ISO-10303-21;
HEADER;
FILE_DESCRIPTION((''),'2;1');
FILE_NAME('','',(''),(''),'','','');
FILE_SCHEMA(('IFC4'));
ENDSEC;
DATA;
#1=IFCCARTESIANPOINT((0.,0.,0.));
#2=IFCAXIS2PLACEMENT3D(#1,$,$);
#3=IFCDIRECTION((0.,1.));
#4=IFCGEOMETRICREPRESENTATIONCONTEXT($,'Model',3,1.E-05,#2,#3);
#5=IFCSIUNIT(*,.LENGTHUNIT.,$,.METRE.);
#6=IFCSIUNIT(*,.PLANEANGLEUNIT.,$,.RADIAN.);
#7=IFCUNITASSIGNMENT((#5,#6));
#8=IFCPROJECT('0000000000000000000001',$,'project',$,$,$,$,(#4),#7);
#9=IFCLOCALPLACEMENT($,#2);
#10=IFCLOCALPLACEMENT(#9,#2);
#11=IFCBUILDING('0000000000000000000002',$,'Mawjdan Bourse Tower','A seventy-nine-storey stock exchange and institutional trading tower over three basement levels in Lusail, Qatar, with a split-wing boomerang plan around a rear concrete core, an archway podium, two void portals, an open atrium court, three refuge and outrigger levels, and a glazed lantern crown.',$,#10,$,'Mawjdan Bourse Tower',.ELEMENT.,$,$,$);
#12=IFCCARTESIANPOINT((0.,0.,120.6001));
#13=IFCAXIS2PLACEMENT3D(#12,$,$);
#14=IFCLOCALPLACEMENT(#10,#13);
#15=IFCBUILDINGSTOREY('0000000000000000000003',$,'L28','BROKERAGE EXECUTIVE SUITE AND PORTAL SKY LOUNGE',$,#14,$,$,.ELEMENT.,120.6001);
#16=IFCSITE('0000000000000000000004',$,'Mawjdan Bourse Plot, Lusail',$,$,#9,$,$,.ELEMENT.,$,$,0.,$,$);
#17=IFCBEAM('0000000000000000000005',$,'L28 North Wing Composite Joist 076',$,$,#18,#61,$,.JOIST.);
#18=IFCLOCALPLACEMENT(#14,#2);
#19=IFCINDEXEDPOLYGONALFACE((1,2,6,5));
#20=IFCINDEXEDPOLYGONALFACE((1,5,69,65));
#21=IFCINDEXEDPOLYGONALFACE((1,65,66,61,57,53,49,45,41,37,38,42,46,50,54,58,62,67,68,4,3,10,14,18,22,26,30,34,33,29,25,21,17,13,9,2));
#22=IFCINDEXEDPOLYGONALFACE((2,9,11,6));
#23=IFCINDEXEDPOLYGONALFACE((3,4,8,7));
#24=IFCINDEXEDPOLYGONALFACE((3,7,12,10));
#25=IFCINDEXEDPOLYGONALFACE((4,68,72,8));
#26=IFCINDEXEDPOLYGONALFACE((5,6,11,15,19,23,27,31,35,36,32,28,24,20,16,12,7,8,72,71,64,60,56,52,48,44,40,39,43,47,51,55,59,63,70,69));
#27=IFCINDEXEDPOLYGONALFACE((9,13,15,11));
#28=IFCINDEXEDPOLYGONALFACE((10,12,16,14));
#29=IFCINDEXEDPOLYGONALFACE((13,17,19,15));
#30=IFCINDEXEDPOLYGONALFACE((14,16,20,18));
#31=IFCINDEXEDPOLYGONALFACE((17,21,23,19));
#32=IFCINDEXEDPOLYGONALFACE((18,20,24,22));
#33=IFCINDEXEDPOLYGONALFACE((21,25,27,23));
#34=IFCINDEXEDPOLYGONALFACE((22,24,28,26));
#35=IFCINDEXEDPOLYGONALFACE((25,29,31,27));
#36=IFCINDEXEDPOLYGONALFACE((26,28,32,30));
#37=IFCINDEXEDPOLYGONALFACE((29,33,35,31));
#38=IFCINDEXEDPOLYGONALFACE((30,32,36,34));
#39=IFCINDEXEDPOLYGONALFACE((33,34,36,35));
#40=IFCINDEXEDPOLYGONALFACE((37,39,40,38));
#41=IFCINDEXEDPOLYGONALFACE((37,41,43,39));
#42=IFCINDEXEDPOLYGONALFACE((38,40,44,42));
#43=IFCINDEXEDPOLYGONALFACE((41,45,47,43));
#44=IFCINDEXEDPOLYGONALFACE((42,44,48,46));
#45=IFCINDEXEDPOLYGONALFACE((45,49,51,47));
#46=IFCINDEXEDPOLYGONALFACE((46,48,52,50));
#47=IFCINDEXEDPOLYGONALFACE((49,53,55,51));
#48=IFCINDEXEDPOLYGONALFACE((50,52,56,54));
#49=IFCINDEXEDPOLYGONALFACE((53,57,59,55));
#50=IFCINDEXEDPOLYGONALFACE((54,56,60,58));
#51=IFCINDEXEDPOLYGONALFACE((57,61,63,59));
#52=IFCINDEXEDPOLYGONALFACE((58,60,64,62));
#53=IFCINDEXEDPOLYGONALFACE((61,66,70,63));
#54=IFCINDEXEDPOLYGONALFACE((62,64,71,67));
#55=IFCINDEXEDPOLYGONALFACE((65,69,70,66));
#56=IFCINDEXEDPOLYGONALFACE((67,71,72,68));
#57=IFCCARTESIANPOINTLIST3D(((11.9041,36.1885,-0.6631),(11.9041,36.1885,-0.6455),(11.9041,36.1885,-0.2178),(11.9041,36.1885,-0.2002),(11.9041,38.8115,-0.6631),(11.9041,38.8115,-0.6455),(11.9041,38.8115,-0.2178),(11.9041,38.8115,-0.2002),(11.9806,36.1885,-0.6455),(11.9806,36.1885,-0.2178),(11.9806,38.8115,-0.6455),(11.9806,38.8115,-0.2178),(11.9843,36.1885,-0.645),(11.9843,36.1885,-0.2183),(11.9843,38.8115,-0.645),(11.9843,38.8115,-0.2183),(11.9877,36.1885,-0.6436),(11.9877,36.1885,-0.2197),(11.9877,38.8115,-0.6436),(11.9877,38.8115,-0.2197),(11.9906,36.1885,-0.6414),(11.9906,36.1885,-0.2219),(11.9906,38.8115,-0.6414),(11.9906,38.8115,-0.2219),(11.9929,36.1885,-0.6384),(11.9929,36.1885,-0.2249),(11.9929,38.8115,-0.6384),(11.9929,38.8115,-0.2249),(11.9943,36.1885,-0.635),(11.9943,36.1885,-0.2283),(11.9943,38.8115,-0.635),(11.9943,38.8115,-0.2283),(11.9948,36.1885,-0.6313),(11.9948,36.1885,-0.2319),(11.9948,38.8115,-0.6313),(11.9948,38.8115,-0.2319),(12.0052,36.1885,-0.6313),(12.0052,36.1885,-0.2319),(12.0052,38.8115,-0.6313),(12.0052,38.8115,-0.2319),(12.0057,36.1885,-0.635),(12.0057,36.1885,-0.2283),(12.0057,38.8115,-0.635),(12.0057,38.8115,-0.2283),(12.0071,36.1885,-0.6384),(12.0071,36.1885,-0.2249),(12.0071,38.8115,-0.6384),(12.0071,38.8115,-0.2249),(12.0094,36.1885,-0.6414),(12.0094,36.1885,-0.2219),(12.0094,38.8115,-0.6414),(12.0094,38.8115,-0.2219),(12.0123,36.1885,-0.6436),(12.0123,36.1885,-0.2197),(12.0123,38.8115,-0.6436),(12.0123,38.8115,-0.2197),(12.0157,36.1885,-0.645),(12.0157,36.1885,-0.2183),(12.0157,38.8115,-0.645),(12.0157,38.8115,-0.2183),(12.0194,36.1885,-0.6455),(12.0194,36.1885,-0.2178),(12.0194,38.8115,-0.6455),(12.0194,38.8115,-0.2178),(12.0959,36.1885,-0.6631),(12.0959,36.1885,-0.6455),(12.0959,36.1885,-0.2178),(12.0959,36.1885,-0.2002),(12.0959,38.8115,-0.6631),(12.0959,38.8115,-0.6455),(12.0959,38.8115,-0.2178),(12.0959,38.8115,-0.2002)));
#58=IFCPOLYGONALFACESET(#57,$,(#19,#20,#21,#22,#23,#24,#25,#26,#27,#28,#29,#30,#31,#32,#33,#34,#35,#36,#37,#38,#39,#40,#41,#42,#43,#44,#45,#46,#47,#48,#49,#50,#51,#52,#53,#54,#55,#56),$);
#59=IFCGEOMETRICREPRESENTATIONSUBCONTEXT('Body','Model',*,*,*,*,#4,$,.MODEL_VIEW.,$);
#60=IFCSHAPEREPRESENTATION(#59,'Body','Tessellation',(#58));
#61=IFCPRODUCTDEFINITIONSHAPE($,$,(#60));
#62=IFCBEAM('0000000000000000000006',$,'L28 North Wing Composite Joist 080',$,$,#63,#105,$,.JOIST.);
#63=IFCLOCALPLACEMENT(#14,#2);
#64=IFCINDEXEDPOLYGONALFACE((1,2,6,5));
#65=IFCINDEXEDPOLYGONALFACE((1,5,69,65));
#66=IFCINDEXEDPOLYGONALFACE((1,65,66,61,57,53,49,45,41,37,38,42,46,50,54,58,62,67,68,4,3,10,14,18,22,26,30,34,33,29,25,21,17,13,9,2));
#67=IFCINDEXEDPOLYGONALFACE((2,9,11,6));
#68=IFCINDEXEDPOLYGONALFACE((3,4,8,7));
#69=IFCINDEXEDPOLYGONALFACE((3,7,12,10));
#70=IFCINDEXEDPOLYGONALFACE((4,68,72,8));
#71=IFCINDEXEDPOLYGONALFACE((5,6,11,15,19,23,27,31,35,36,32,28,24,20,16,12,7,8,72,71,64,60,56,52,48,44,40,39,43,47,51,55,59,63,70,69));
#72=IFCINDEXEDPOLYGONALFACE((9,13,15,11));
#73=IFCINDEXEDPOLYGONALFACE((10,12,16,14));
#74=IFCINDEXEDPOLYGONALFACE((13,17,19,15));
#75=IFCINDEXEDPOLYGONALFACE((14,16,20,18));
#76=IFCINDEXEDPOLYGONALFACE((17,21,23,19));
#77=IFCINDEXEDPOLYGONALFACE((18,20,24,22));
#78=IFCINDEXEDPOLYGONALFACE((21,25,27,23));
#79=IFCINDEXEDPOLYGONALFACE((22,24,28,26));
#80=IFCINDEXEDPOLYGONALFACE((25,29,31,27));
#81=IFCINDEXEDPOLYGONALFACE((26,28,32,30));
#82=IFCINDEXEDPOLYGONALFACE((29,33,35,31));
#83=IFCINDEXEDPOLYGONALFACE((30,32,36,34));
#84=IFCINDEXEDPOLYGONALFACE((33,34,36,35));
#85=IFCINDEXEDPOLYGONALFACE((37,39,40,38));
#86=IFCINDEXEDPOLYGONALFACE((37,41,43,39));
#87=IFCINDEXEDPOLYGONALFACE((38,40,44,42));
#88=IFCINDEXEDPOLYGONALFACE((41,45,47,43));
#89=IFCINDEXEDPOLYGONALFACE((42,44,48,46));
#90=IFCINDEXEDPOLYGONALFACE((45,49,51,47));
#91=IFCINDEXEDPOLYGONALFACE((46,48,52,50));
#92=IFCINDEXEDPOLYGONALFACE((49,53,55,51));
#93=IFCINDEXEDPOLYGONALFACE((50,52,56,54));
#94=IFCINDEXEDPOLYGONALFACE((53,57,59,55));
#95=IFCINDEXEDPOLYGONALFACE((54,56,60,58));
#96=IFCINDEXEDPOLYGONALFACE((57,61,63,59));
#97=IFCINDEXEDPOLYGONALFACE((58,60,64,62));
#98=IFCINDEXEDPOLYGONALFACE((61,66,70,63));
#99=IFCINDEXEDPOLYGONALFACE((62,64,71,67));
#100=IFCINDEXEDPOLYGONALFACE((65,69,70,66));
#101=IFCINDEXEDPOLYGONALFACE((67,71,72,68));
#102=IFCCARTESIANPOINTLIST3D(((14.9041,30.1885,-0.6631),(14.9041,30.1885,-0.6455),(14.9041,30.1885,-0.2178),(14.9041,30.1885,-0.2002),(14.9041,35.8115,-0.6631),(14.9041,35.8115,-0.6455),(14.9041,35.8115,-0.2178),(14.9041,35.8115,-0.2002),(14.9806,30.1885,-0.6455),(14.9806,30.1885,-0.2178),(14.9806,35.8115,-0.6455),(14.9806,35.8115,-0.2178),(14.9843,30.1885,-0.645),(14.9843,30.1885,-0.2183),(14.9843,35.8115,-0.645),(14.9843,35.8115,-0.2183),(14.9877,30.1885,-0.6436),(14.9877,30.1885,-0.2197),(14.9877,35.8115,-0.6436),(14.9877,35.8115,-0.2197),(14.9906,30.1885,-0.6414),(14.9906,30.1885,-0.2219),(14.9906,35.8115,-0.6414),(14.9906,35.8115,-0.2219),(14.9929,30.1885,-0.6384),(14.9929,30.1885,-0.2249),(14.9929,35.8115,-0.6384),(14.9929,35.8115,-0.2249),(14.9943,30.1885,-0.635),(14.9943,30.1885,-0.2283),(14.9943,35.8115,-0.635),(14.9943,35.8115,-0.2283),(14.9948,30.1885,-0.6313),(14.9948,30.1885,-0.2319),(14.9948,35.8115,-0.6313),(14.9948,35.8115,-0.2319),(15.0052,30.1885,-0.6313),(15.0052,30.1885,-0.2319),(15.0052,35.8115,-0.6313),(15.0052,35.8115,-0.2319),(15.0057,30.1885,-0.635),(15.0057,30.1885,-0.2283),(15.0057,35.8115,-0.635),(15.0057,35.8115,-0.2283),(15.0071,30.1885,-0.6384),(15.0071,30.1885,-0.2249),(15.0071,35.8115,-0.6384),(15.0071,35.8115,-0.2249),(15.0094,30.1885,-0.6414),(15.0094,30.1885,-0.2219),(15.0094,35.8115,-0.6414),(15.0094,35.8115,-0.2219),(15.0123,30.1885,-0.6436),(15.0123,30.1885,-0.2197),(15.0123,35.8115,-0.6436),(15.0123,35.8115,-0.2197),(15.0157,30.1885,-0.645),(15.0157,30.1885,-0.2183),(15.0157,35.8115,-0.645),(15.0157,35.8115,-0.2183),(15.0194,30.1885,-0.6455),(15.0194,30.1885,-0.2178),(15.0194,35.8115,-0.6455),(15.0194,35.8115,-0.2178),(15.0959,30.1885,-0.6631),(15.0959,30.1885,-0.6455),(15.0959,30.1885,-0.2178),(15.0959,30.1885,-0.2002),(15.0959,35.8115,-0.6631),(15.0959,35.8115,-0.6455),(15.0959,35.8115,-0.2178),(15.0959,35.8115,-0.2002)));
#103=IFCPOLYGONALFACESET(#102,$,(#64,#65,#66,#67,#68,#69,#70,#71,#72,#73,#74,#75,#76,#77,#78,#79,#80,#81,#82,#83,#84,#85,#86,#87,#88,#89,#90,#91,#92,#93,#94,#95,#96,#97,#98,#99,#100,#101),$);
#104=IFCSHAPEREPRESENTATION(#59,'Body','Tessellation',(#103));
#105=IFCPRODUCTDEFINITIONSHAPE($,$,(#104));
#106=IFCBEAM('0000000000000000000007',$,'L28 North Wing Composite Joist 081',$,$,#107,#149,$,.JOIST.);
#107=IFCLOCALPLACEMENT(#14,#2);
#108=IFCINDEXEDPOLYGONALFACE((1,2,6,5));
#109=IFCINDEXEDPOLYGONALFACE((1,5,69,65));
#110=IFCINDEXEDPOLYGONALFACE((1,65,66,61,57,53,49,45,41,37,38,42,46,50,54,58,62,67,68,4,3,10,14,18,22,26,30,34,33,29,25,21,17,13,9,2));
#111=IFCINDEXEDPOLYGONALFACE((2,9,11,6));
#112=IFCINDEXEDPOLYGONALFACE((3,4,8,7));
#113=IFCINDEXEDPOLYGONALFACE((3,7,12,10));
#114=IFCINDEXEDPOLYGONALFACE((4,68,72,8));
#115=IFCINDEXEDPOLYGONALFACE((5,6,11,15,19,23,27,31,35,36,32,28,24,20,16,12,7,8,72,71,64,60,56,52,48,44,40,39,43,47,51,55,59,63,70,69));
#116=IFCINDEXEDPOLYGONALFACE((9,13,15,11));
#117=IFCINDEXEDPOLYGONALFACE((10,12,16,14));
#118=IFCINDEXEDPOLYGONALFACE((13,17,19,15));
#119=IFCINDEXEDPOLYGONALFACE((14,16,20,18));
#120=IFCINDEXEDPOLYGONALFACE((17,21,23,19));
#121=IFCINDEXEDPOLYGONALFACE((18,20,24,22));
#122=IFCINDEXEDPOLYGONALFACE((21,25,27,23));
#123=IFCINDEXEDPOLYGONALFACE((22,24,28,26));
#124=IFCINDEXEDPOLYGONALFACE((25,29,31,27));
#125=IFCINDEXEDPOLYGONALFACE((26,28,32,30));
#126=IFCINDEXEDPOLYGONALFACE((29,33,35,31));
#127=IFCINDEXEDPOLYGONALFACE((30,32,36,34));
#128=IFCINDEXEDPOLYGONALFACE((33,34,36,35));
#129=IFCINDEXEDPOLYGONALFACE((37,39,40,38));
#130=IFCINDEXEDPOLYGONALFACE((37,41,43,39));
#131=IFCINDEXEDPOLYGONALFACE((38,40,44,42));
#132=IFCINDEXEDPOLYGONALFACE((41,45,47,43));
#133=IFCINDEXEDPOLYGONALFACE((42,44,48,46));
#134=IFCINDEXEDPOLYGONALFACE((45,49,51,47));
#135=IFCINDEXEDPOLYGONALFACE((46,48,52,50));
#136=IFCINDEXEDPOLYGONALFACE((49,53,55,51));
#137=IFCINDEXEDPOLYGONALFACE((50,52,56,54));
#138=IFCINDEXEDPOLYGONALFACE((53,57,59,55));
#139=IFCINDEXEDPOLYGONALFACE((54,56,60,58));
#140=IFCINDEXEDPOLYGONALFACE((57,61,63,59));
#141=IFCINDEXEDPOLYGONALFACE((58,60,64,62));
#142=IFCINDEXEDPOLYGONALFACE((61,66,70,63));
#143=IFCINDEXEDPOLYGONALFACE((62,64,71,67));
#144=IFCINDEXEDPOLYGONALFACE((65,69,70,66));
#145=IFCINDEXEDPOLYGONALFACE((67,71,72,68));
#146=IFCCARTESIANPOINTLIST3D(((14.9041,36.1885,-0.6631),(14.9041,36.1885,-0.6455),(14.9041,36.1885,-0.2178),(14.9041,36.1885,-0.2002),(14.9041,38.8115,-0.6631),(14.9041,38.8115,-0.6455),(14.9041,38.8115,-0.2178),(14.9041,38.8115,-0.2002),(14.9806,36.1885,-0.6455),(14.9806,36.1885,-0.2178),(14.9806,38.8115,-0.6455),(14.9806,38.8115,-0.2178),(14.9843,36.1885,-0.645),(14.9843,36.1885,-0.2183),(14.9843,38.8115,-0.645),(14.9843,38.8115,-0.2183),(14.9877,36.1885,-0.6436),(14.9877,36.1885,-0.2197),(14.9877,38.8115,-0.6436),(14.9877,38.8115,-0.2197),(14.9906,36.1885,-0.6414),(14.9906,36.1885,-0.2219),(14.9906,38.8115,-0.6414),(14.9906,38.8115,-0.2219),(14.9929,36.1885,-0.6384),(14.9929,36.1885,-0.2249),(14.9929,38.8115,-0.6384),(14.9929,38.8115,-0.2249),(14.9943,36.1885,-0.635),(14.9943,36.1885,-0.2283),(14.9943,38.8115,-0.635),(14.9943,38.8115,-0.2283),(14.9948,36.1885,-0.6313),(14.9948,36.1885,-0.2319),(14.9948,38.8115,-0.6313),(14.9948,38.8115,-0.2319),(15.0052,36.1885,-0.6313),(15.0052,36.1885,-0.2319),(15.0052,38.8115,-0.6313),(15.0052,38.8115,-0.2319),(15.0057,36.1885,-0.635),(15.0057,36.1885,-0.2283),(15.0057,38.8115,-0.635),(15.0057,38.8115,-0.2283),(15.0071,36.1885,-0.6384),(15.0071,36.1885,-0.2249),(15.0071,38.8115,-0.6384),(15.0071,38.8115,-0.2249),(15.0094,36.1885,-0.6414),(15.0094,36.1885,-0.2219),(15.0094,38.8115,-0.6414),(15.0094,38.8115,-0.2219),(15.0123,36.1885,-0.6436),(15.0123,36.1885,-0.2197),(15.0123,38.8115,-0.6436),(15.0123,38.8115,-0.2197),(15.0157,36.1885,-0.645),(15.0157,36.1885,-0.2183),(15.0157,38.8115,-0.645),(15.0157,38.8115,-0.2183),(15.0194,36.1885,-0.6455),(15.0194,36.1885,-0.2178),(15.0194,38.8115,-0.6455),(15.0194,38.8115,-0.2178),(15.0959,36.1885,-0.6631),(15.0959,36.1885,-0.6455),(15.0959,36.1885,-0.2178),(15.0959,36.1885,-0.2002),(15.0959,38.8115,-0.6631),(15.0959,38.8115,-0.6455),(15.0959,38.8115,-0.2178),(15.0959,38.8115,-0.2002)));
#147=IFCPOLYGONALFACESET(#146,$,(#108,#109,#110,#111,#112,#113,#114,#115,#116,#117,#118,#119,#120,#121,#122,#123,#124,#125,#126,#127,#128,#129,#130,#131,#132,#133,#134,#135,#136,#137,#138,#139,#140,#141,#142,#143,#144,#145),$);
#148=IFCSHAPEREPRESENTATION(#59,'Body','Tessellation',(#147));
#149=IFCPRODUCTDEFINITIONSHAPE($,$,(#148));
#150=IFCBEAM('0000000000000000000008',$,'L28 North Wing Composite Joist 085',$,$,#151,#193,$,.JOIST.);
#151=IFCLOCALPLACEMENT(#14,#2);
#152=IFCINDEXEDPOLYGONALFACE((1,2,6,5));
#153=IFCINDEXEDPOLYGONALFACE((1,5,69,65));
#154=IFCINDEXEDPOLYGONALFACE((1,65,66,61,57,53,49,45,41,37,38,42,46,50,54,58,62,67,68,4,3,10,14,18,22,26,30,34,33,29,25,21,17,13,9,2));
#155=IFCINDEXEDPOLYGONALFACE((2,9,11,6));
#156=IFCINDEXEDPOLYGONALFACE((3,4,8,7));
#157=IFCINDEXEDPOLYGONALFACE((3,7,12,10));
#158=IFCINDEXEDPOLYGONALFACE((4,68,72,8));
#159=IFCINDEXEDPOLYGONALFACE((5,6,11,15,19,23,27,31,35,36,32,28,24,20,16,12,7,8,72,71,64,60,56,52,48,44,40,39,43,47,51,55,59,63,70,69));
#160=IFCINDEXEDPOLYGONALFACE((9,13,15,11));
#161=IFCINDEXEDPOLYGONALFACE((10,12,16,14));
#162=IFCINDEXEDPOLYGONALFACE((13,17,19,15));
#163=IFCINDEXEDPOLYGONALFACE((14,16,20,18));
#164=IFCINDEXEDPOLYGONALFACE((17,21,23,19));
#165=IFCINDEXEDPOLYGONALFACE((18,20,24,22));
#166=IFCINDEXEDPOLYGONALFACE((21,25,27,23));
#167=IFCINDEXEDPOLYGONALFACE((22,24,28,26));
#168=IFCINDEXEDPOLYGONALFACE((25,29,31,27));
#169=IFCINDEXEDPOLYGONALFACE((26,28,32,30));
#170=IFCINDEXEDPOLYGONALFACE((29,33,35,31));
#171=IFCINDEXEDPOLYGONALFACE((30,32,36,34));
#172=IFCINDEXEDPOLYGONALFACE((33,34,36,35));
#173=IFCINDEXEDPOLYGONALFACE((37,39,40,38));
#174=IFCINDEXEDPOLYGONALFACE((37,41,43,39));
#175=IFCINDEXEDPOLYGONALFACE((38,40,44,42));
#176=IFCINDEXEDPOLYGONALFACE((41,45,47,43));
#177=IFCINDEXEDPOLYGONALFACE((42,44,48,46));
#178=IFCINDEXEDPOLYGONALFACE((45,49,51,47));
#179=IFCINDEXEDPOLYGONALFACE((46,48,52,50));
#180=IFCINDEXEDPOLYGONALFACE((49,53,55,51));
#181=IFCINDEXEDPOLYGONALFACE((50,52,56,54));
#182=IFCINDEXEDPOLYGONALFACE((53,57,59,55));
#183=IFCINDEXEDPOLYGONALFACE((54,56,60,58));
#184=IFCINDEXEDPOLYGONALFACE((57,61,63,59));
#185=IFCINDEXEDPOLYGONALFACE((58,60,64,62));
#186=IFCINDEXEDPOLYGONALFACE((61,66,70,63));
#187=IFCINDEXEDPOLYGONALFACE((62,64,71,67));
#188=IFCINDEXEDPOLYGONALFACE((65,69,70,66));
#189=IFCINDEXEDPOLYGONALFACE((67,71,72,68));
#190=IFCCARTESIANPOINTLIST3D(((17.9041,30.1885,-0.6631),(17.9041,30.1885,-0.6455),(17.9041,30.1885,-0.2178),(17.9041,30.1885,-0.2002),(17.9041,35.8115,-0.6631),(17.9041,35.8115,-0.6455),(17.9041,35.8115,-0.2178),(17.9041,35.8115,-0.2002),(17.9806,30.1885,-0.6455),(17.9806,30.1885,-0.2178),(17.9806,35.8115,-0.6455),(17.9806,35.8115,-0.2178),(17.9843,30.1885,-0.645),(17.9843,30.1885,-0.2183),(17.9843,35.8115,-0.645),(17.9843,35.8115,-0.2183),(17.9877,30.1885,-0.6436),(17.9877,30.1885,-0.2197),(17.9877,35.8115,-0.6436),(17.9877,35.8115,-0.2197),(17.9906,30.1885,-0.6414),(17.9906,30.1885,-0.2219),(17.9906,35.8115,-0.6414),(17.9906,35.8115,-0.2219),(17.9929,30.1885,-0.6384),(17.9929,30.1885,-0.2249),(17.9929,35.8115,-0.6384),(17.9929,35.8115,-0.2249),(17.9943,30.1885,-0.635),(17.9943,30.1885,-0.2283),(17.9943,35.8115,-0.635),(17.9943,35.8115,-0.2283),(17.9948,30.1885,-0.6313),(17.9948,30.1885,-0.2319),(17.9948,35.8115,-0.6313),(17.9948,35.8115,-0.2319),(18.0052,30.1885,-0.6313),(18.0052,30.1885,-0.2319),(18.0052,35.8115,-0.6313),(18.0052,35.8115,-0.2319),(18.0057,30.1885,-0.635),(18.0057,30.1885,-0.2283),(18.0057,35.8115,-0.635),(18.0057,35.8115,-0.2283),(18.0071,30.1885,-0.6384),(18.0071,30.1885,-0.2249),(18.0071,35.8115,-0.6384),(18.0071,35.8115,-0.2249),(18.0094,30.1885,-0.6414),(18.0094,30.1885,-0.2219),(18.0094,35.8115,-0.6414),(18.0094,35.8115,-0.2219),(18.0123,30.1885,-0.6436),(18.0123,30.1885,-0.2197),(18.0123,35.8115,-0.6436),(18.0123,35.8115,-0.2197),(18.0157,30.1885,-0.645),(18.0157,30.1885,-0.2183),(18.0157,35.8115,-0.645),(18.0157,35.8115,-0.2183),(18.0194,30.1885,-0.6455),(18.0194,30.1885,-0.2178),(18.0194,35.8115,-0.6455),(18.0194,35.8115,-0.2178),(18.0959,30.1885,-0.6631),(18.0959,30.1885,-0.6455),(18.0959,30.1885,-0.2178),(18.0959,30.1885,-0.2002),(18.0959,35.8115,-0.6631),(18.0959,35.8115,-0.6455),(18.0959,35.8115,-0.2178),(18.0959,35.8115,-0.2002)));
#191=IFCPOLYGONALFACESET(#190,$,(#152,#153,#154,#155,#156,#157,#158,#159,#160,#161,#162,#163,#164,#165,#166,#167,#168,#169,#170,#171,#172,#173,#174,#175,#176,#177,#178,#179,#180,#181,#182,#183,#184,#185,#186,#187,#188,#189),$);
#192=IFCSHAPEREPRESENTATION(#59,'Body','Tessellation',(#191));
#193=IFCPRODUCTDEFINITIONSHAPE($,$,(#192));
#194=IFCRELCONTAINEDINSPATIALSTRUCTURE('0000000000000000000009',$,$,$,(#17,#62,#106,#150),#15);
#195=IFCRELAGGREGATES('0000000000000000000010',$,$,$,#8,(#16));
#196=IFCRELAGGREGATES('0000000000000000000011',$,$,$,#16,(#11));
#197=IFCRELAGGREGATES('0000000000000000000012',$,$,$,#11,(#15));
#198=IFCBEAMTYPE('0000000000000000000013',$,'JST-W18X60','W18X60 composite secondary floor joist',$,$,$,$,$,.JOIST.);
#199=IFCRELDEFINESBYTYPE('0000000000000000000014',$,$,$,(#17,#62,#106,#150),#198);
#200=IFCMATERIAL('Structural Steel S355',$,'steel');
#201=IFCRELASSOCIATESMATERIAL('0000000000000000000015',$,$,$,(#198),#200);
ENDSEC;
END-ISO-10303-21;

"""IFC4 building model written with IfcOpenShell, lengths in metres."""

from ifc_helpers import new_model, si_unit, direction, frame, origin, origin_2d, place, context, subcontext, project, spatial, i_section, extrude, material, material_profile, profile_set, type_object, element, save


model = new_model("IFC4")

# Units and contexts
model_context = context("Model", 3, precision=1e-05, world=origin(), true_north=direction((0.0, 1.0)))
body_context = subcontext(model_context, "Body", "Model", "MODEL_VIEW")
ifc_project = project(units=[si_unit("LENGTHUNIT", "METRE"), si_unit("PLANEANGLEUNIT", "RADIAN")], contexts=[model_context])

# Site, building, storey
site_placement = place(None, origin())
site = spatial("IfcSite", under=ifc_project, at=site_placement, Name="Mawjdan Bourse Plot, Lusail", CompositionType="ELEMENT", RefElevation=0.0)
building_placement = place(site_placement, origin())
building = spatial("IfcBuilding", under=site, at=building_placement, Name="Mawjdan Bourse Tower", Description="A seventy-nine-storey stock exchange and institutional trading tower over three basement levels in Lusail, Qatar, with a split-wing boomerang plan around a rear concrete core, an archway podium, two void portals, an open atrium court, three refuge and outrigger levels, and a glazed lantern crown.", LongName="Mawjdan Bourse Tower", CompositionType="ELEMENT")
storey_placement = place(building_placement, frame((0.0, 0.0, 120.6001)))
storey = spatial("IfcBuildingStorey", under=building, at=storey_placement, Name="L28", Description="BROKERAGE EXECUTIVE SUITE AND PORTAL SKY LOUNGE", CompositionType="ELEMENT", Elevation=120.6001)

# Beams
ifc_material_1 = material(Name="Structural Steel S355", Category="steel")
ifc_material_profile_1 = material_profile(ifc_material_1, i_section(OverallWidth=0.1919, OverallDepth=0.4629, WebThickness=0.0105, FlangeThickness=0.0176, FilletRadius=0.0142, at=origin_2d()), Name="W18X60")
ifc_profile_set_1 = profile_set([ifc_material_profile_1], Name="Structural Steel S355")
beam_type_1 = type_object("IfcBeamType", Name="JST-W18X60", Description="W18X60 composite secondary floor joist", PredefinedType="JOIST", material=ifc_profile_set_1)
beam_1_placement = place(storey_placement, frame((12.0, 36.1885, -0.4316), z_axis=(0.0, 1.0, 0.0), x_axis=(-1.0, 0.0, 0.0)))
element("IfcBeam", 1, at=beam_1_placement, inside=storey, type_object=beam_type_1, Name="L28 North Wing Composite Joist 076", PredefinedType="JOIST", context=body_context, shape_type="SweptSolid", body=[
    extrude(i_section(OverallWidth=0.1919, OverallDepth=0.4629, WebThickness=0.0105, FlangeThickness=0.0176, FilletRadius=0.0142, at=origin_2d()), origin(), (0.0, 0.0, 1.0), 2.623),
])
beam_2_placement = place(storey_placement, frame((15.0, 30.1885, -0.4316), z_axis=(0.0, 1.0, 0.0), x_axis=(-1.0, 0.0, 0.0)))
element("IfcBeam", 2, at=beam_2_placement, inside=storey, type_object=beam_type_1, Name="L28 North Wing Composite Joist 080", PredefinedType="JOIST", context=body_context, shape_type="SweptSolid", body=[
    extrude(i_section(OverallWidth=0.1919, OverallDepth=0.4629, WebThickness=0.0105, FlangeThickness=0.0176, FilletRadius=0.0142, at=origin_2d()), origin(), (0.0, 0.0, 1.0), 5.623),
])
beam_3_placement = place(storey_placement, frame((15.0, 36.1885, -0.4316), z_axis=(0.0, 1.0, 0.0), x_axis=(-1.0, 0.0, 0.0)))
element("IfcBeam", 3, at=beam_3_placement, inside=storey, type_object=beam_type_1, Name="L28 North Wing Composite Joist 081", PredefinedType="JOIST", context=body_context, shape_type="SweptSolid", body=[
    extrude(i_section(OverallWidth=0.1919, OverallDepth=0.4629, WebThickness=0.0105, FlangeThickness=0.0176, FilletRadius=0.0142, at=origin_2d()), origin(), (0.0, 0.0, 1.0), 2.623),
])
beam_4_placement = place(storey_placement, frame((18.0, 30.1885, -0.4316), z_axis=(0.0, 1.0, 0.0), x_axis=(-1.0, 0.0, 0.0)))
element("IfcBeam", 4, at=beam_4_placement, inside=storey, type_object=beam_type_1, Name="L28 North Wing Composite Joist 085", PredefinedType="JOIST", context=body_context, shape_type="SweptSolid", body=[
    extrude(i_section(OverallWidth=0.1919, OverallDepth=0.4629, WebThickness=0.0105, FlangeThickness=0.0176, FilletRadius=0.0142, at=origin_2d()), origin(), (0.0, 0.0, 1.0), 5.623),
])

save(model, "model.ifc")
